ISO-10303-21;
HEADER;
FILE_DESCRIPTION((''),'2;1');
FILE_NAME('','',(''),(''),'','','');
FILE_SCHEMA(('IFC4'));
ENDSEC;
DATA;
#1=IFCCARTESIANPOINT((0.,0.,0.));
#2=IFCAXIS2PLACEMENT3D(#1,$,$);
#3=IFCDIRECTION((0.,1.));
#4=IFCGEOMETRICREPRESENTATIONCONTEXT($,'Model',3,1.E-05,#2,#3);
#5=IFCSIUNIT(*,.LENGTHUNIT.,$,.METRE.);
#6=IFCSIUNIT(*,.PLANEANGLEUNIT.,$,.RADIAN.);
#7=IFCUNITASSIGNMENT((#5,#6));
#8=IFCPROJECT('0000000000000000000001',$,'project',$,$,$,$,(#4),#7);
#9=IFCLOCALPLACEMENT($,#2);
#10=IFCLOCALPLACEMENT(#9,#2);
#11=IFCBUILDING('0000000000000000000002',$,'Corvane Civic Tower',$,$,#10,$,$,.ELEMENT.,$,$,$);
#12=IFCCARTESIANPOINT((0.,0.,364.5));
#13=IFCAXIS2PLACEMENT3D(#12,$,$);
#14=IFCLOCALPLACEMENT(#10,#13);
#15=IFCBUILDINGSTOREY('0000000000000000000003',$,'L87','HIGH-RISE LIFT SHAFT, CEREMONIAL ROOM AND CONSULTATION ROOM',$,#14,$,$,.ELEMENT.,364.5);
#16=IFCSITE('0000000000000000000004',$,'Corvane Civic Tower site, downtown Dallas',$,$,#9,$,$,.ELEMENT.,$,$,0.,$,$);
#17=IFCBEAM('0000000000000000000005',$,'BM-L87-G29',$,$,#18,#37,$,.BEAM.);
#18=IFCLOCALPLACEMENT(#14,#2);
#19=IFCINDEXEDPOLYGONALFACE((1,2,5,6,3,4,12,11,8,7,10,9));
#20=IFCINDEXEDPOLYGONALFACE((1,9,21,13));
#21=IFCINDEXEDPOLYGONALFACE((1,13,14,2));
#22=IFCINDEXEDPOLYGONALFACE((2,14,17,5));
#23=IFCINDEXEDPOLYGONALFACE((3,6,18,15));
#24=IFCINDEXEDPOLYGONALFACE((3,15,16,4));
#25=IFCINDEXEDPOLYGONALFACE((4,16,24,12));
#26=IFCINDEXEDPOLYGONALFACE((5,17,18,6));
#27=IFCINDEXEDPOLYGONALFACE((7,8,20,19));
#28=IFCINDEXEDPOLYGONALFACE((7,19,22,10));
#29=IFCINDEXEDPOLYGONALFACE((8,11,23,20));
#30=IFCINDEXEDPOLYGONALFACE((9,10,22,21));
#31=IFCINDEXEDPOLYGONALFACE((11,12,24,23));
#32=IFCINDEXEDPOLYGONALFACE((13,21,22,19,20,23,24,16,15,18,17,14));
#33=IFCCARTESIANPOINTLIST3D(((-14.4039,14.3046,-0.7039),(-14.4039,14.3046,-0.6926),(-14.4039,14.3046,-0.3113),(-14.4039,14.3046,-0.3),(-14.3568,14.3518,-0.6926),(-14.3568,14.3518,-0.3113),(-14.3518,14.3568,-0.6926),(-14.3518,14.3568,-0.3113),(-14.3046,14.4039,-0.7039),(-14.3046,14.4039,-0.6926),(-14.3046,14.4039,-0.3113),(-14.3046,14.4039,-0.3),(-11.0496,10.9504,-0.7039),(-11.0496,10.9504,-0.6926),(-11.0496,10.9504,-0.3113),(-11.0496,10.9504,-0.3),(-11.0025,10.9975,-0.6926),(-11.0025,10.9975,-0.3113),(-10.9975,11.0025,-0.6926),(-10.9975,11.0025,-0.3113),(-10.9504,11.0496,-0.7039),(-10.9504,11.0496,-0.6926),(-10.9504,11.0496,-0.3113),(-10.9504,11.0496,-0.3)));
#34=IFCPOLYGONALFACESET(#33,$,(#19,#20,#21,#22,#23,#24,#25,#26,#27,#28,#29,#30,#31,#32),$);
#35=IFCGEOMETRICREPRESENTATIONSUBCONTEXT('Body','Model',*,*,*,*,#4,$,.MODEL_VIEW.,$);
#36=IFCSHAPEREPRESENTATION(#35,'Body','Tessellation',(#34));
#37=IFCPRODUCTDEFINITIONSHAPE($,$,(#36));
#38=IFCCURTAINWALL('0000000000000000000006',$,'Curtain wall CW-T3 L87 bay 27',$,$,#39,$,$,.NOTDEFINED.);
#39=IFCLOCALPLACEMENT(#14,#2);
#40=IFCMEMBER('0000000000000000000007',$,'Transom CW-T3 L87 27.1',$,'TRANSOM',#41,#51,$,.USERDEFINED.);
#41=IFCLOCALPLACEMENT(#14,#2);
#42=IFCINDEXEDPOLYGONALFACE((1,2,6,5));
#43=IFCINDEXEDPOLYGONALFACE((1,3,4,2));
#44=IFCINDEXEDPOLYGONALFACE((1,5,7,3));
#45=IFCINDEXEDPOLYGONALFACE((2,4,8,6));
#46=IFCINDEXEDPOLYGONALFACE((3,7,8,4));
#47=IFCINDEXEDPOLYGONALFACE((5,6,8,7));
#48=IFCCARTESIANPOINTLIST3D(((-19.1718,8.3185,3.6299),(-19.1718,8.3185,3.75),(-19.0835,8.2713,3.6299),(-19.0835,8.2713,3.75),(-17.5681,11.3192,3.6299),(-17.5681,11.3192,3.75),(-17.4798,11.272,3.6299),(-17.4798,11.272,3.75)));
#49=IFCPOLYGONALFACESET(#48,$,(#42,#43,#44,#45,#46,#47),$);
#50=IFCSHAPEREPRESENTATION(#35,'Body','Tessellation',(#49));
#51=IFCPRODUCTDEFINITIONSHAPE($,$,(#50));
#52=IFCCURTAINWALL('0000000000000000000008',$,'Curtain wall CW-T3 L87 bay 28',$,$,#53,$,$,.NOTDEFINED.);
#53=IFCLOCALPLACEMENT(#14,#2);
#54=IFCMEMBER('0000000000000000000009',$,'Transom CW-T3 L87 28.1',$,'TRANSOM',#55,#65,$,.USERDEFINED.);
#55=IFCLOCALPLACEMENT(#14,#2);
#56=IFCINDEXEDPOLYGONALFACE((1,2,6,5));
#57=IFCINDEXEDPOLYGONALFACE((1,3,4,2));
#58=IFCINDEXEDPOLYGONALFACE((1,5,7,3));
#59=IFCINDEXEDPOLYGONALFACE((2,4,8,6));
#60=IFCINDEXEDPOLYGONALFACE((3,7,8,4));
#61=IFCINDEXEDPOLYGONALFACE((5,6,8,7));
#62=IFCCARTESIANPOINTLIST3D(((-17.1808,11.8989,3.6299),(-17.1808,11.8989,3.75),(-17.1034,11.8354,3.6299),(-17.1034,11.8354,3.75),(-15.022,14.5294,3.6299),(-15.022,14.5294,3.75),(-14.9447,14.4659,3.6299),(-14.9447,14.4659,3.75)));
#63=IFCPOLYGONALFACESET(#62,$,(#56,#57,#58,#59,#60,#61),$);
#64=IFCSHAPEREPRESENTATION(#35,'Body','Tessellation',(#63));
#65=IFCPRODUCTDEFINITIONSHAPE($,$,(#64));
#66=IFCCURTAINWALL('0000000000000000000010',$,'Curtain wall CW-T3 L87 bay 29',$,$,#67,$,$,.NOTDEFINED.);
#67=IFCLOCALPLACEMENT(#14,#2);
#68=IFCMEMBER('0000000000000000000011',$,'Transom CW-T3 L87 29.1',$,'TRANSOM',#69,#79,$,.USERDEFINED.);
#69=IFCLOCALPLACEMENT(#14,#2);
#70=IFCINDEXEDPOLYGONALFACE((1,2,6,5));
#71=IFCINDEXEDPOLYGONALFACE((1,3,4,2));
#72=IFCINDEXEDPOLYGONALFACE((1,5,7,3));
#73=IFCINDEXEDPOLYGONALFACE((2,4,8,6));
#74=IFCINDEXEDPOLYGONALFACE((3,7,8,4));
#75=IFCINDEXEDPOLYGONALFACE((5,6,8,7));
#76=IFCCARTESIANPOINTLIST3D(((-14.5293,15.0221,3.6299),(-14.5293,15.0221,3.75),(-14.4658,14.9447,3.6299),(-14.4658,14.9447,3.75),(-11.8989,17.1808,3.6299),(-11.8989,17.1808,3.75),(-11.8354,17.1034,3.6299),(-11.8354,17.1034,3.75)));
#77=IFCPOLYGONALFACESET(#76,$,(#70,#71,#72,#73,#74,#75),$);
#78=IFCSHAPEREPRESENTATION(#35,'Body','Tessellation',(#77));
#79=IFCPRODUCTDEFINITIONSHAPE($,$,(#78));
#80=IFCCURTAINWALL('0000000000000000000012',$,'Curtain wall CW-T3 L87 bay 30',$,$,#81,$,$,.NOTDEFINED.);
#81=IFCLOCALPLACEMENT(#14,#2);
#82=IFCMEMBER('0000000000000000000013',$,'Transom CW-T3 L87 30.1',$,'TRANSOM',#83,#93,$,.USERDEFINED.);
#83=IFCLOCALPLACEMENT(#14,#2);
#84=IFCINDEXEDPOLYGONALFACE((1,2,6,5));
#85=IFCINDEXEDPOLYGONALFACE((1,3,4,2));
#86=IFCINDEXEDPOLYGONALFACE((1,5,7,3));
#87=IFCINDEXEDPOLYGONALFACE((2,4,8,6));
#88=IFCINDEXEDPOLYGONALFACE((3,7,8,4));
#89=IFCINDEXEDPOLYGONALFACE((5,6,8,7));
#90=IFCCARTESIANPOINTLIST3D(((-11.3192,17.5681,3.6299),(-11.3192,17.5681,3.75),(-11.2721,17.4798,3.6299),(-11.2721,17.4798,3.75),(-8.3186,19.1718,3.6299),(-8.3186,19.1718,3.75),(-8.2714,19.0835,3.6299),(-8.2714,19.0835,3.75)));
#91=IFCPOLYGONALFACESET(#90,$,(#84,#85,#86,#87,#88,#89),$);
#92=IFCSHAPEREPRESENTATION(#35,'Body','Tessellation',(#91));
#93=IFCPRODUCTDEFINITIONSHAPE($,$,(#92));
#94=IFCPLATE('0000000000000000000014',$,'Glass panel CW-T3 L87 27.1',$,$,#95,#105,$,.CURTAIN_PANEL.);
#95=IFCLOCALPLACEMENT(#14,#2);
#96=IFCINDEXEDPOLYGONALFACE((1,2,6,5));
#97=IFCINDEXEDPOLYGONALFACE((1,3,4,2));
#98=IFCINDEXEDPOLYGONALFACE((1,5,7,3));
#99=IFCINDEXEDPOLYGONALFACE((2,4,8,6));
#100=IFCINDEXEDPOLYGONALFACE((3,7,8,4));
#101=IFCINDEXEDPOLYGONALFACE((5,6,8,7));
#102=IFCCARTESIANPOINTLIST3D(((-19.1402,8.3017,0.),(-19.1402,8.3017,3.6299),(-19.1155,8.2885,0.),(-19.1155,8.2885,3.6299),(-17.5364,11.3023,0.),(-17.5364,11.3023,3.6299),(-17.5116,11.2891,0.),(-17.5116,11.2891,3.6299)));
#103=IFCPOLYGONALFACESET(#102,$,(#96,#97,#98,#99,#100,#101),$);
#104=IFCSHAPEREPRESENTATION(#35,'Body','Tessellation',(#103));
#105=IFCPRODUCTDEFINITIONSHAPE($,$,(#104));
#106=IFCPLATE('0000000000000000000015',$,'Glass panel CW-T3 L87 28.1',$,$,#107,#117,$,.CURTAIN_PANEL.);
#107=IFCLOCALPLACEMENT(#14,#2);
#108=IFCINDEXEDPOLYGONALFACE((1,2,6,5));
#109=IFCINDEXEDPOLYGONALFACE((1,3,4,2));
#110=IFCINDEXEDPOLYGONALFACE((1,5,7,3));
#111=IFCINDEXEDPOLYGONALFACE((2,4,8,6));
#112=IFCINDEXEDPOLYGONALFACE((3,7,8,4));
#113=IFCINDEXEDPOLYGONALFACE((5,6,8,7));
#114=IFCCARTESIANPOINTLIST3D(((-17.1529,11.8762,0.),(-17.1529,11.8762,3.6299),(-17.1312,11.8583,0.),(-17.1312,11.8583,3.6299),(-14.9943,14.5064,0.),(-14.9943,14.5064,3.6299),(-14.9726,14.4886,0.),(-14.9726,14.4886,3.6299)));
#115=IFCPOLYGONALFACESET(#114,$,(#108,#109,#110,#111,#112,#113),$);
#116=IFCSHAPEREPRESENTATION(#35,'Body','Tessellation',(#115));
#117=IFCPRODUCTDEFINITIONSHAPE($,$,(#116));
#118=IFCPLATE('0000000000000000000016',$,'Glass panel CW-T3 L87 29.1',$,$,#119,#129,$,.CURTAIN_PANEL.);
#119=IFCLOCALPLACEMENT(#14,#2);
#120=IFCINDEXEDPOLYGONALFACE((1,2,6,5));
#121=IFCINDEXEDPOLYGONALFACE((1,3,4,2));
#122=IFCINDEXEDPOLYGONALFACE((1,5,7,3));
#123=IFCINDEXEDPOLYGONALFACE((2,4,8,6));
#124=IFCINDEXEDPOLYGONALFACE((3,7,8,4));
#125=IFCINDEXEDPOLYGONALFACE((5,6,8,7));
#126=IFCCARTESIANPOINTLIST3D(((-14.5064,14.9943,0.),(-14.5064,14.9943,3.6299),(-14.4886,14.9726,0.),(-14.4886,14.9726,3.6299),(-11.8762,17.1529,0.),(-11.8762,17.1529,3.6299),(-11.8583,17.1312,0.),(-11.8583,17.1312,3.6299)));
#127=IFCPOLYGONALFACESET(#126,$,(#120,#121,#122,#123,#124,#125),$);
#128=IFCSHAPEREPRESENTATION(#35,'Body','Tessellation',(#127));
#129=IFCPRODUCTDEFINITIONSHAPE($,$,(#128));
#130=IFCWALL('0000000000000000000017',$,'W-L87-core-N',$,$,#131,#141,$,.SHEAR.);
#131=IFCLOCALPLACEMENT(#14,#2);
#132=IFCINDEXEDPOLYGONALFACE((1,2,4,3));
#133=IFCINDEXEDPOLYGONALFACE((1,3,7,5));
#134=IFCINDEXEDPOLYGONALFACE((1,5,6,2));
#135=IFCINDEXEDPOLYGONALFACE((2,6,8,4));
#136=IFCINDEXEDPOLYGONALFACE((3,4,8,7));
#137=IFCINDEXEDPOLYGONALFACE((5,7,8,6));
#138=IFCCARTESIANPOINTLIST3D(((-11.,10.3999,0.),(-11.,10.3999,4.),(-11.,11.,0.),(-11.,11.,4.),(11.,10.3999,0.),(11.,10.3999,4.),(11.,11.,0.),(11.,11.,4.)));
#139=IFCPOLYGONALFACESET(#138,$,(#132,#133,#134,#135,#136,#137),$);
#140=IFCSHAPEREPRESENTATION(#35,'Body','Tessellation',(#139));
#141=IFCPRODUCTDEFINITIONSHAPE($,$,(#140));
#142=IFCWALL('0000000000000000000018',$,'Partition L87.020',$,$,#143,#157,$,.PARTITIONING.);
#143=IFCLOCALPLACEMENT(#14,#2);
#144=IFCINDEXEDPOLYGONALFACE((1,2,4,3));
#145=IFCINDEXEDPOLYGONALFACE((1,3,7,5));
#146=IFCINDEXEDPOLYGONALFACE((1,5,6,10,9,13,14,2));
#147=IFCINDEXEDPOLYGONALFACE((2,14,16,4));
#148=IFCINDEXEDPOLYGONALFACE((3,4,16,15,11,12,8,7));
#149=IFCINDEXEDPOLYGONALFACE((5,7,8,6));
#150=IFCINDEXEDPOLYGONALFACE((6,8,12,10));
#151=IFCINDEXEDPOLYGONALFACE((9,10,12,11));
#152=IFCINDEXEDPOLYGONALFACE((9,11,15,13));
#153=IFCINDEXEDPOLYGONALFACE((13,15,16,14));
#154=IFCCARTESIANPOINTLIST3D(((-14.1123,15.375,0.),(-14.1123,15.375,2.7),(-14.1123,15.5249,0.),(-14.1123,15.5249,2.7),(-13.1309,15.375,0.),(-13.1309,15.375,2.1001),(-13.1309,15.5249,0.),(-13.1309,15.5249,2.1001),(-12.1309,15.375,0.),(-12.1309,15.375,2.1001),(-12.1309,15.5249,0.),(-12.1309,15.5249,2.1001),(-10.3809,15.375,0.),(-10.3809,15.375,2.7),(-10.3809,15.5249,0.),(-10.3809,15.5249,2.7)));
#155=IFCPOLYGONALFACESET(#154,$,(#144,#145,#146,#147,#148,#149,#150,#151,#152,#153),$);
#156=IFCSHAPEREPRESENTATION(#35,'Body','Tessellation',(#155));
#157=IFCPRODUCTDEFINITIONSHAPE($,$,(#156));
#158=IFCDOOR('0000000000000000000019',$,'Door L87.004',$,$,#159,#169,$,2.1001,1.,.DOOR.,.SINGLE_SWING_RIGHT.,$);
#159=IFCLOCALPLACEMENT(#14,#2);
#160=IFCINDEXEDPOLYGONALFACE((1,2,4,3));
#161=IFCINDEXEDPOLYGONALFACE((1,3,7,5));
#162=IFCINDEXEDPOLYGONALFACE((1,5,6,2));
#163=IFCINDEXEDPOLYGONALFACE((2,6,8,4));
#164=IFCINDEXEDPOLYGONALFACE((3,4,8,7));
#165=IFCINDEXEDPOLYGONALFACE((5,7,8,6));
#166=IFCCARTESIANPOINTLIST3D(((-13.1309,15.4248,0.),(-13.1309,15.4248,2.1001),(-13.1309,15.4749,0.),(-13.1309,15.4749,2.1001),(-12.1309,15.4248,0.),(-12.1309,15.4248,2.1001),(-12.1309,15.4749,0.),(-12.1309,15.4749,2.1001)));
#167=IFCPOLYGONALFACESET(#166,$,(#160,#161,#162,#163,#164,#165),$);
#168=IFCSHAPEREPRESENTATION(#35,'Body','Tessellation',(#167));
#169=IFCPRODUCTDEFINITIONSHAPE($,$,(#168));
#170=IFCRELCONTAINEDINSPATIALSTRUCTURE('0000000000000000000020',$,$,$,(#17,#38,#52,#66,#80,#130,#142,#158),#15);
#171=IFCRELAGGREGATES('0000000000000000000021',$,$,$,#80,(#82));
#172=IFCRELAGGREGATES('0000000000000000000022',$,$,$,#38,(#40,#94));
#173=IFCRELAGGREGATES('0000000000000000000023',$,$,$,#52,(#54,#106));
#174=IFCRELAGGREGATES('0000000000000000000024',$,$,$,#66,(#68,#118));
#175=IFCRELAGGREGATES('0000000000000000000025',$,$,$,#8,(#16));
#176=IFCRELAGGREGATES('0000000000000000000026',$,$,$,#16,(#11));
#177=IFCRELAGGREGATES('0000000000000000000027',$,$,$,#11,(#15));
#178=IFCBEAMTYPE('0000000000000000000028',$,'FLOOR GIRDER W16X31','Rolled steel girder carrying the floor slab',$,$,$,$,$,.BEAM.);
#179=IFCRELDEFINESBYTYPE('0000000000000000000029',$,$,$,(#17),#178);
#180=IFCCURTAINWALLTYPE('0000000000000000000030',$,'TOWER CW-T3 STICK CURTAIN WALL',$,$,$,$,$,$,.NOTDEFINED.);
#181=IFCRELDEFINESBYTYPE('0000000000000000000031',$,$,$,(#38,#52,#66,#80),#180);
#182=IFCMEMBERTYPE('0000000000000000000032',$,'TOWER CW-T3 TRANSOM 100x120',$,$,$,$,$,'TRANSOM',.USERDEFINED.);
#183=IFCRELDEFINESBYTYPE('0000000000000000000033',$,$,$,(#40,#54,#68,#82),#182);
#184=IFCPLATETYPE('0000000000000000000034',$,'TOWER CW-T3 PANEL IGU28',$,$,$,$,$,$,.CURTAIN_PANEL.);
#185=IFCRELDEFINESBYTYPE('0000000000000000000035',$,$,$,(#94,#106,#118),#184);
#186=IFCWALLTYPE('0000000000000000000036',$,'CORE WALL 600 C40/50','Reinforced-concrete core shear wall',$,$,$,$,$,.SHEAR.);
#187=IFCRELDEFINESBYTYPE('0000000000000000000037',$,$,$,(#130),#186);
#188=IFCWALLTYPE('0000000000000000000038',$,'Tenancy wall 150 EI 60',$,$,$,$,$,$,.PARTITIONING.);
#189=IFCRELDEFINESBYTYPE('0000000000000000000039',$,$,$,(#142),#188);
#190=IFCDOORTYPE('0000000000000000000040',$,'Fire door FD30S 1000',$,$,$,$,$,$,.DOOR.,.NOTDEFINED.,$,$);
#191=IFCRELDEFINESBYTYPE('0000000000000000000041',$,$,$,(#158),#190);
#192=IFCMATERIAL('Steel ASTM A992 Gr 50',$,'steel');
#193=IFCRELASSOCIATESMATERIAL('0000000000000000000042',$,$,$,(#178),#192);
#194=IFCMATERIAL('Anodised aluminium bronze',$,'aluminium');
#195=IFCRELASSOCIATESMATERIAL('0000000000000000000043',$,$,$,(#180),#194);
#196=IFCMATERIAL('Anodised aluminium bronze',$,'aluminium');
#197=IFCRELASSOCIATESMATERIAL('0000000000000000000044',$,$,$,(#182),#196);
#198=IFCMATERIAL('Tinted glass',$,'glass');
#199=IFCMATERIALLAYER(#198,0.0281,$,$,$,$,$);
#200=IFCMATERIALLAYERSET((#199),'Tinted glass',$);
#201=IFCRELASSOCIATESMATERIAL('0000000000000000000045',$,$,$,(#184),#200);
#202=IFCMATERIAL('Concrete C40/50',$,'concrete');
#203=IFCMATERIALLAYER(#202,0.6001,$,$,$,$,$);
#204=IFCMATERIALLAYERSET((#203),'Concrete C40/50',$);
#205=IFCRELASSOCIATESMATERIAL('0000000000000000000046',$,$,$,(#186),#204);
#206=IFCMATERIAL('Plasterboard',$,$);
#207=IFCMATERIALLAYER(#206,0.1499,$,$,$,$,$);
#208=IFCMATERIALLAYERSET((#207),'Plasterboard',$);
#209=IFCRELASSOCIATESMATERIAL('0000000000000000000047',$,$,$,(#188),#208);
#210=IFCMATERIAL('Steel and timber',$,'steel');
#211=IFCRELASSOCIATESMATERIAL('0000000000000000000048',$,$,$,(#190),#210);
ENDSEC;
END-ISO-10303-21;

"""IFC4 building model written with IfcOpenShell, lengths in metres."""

from ifc_helpers import new_model, si_unit, direction, frame, frame_2d, origin, origin_2d, place, context, subcontext, project, spatial, rectangle, i_section, extrude, material, layer, layer_set, material_profile, profile_set, type_object, element, fill, aggregate, save


model = new_model("IFC4")

# Units and contexts
model_context = context("Model", 3, precision=1e-05, world=origin(), true_north=direction((0.0, 1.0)))
body_context = subcontext(model_context, "Body", "Model", "MODEL_VIEW")
ifc_project = project(units=[si_unit("LENGTHUNIT", "METRE"), si_unit("PLANEANGLEUNIT", "RADIAN")], contexts=[model_context])

# Site, building, storey
site_placement = place(None, origin())
site = spatial("IfcSite", under=ifc_project, at=site_placement, Name="Corvane Civic Tower site, downtown Dallas", CompositionType="ELEMENT", RefElevation=0.0)
building_placement = place(site_placement, origin())
building = spatial("IfcBuilding", under=site, at=building_placement, Name="Corvane Civic Tower", CompositionType="ELEMENT")
storey_placement = place(building_placement, frame((0.0, 0.0, 364.5)))
storey = spatial("IfcBuildingStorey", under=building, at=storey_placement, Name="L87", Description="HIGH-RISE LIFT SHAFT, CEREMONIAL ROOM AND CONSULTATION ROOM", CompositionType="ELEMENT", Elevation=364.5)

# Beam
ifc_material_1 = material(Name="Steel ASTM A992 Gr 50", Category="steel")
ifc_material_profile_1 = material_profile(ifc_material_1, i_section(OverallWidth=0.1404, OverallDepth=0.4038, WebThickness=0.0071, FlangeThickness=0.0112, at=origin_2d()), Name="W16X31")
ifc_profile_set_1 = profile_set([ifc_material_profile_1], Name="Steel ASTM A992 Gr 50")
beam_type_1 = type_object("IfcBeamType", Name="FLOOR GIRDER W16X31", Description="Rolled steel girder carrying the floor slab", PredefinedType="BEAM", material=ifc_profile_set_1)
beam_placement = place(storey_placement, frame((-11.0, 11.0, -0.502), z_axis=(-0.707107, 0.707107, 0.0), x_axis=(-0.707107, -0.707107, 0.0)))
element("IfcBeam", 1, at=beam_placement, inside=storey, type_object=beam_type_1, Name="BM-L87-G29", PredefinedType="BEAM", context=body_context, shape_type="SweptSolid", body=[
    extrude(i_section(OverallWidth=0.1404, OverallDepth=0.4038, WebThickness=0.0071, FlangeThickness=0.0112, at=origin_2d()), origin(), (0.0, 0.0, 1.0), 4.7437),
])

# Curtain walls, members
ifc_material_2 = material(Name="Anodised aluminium bronze", Category="aluminium")
curtain_wall_type = type_object("IfcCurtainWallType", Name="TOWER CW-T3 STICK CURTAIN WALL", PredefinedType="NOTDEFINED", material=ifc_material_2)
curtain_wall_1_placement = place(storey_placement, origin())
curtain_wall_1 = element("IfcCurtainWall", 2, at=curtain_wall_1_placement, inside=storey, type_object=curtain_wall_type, Name="Curtain wall CW-T3 L87 bay 27", PredefinedType="NOTDEFINED")
ifc_material_3 = material(Name="Anodised aluminium bronze", Category="aluminium")
ifc_material_profile_2 = material_profile(ifc_material_3, rectangle(XDim=0.1001, YDim=0.1201, at=origin_2d()), Name="TOWER CW-T3 TRANSOM 100x120")
ifc_profile_set_2 = profile_set([ifc_material_profile_2], Name="Anodised aluminium bronze")
member_type = type_object("IfcMemberType", Name="TOWER CW-T3 TRANSOM 100x120", ElementType="TRANSOM", PredefinedType="USERDEFINED", material=ifc_profile_set_2)
member_1_placement = place(storey_placement, frame((-19.1277, 8.2949, 3.6899), z_axis=(0.471359, 0.881941, 0.0), x_axis=(-0.881941, 0.471359, 0.0)))
member_1 = element("IfcMember", 3, at=member_1_placement, type_object=member_type, Name="Transom CW-T3 L87 27.1", ObjectType="TRANSOM", PredefinedType="USERDEFINED", context=body_context, shape_type="SweptSolid", body=[
    extrude(rectangle(XDim=0.1001, YDim=0.1201, at=origin_2d()), origin(), (0.0, 0.0, 1.0), 3.4023),
])
curtain_wall_2_placement = place(storey_placement, origin())
curtain_wall_2 = element("IfcCurtainWall", 4, at=curtain_wall_2_placement, inside=storey, type_object=curtain_wall_type, Name="Curtain wall CW-T3 L87 bay 28", PredefinedType="NOTDEFINED")
member_2_placement = place(storey_placement, frame((-17.1421, 11.8672, 3.6899), z_axis=(0.634394, 0.77301, 0.0), x_axis=(-0.77301, 0.634394, 0.0)))
member_2 = element("IfcMember", 5, at=member_2_placement, type_object=member_type, Name="Transom CW-T3 L87 28.1", ObjectType="TRANSOM", PredefinedType="USERDEFINED", context=body_context, shape_type="SweptSolid", body=[
    extrude(rectangle(XDim=0.1001, YDim=0.1201, at=origin_2d()), origin(), (0.0, 0.0, 1.0), 3.4028),
])
curtain_wall_3_placement = place(storey_placement, origin())
curtain_wall_3 = element("IfcCurtainWall", 6, at=curtain_wall_3_placement, inside=storey, type_object=curtain_wall_type, Name="Curtain wall CW-T3 L87 bay 29", PredefinedType="NOTDEFINED")
member_3_placement = place(storey_placement, frame((-14.4976, 14.9834, 3.6899), z_axis=(0.77301, 0.634394, 0.0), x_axis=(-0.634394, 0.77301, 0.0)))
member_3 = element("IfcMember", 7, at=member_3_placement, type_object=member_type, Name="Transom CW-T3 L87 29.1", ObjectType="TRANSOM", PredefinedType="USERDEFINED", context=body_context, shape_type="SweptSolid", body=[
    extrude(rectangle(XDim=0.1001, YDim=0.1201, at=origin_2d()), origin(), (0.0, 0.0, 1.0), 3.4028),
])
curtain_wall_4_placement = place(storey_placement, origin())
curtain_wall_4 = element("IfcCurtainWall", 8, at=curtain_wall_4_placement, inside=storey, type_object=curtain_wall_type, Name="Curtain wall CW-T3 L87 bay 30", PredefinedType="NOTDEFINED")
member_4_placement = place(storey_placement, frame((-11.2957, 17.5239, 3.6899), z_axis=(0.881941, 0.471359, 0.0), x_axis=(-0.471359, 0.881941, 0.0)))
member_4 = element("IfcMember", 9, at=member_4_placement, type_object=member_type, Name="Transom CW-T3 L87 30.1", ObjectType="TRANSOM", PredefinedType="USERDEFINED", context=body_context, shape_type="SweptSolid", body=[
    extrude(rectangle(XDim=0.1001, YDim=0.1201, at=origin_2d()), origin(), (0.0, 0.0, 1.0), 3.4023),
])
aggregate(curtain_wall_4, [member_4])

# Plates
ifc_material_4 = material(Name="Tinted glass", Category="glass")
ifc_layer_1 = layer(ifc_material_4, 0.0281)
ifc_layer_set_1 = layer_set([ifc_layer_1], Name="Tinted glass")
plate_type = type_object("IfcPlateType", Name="TOWER CW-T3 PANEL IGU28", PredefinedType="CURTAIN_PANEL", material=ifc_layer_set_1)
plate_1_placement = place(storey_placement, frame((-18.3259, 9.7954, 0.0), z_axis=(0.0, 0.0, 1.0), x_axis=(0.471384, 0.881928, 0.0)))
plate_1 = element("IfcPlate", 10, at=plate_1_placement, type_object=plate_type, Name="Glass panel CW-T3 L87 27.1", PredefinedType="CURTAIN_PANEL", context=body_context, shape_type="SweptSolid", body=[
    extrude(rectangle(XDim=3.4023, YDim=0.0281, at=origin_2d()), origin(), (0.0, 0.0, 1.0), 3.6299),
])
aggregate(curtain_wall_1, [member_1, plate_1])
plate_2_placement = place(storey_placement, frame((-16.0627, 13.1824, 0.0), z_axis=(0.0, 0.0, 1.0), x_axis=(0.634393, 0.77301, 0.0)))
plate_2 = element("IfcPlate", 11, at=plate_2_placement, type_object=plate_type, Name="Glass panel CW-T3 L87 28.1", PredefinedType="CURTAIN_PANEL", context=body_context, shape_type="SweptSolid", body=[
    extrude(rectangle(XDim=3.4026, YDim=0.0281, at=origin_2d()), origin(), (0.0, 0.0, 1.0), 3.6299),
])
aggregate(curtain_wall_2, [member_2, plate_2])
plate_3_placement = place(storey_placement, frame((-13.1824, 16.0627, 0.0), z_axis=(0.0, 0.0, 1.0), x_axis=(0.77301, 0.634393, 0.0)))
plate_3 = element("IfcPlate", 12, at=plate_3_placement, type_object=plate_type, Name="Glass panel CW-T3 L87 29.1", PredefinedType="CURTAIN_PANEL", context=body_context, shape_type="SweptSolid", body=[
    extrude(rectangle(XDim=3.4026, YDim=0.0281, at=origin_2d()), origin(), (0.0, 0.0, 1.0), 3.6299),
])
aggregate(curtain_wall_3, [member_3, plate_3])

# Wall
ifc_material_5 = material(Name="Concrete C40/50", Category="concrete")
ifc_layer_2 = layer(ifc_material_5, 0.6001)
ifc_layer_set_2 = layer_set([ifc_layer_2], Name="Concrete C40/50")
wall_type_1 = type_object("IfcWallType", Name="CORE WALL 600 C40/50", Description="Reinforced-concrete core shear wall", PredefinedType="SHEAR", material=ifc_layer_set_2)
wall_1_placement = place(storey_placement, frame((-11.0, 10.7, 0.0), z_axis=(0.0, 0.0, 1.0), x_axis=(1.0, 0.0, 0.0)))
element("IfcWall", 13, at=wall_1_placement, inside=storey, type_object=wall_type_1, Name="W-L87-core-N", PredefinedType="SHEAR", context=body_context, shape_type="SweptSolid", body=[
    extrude(rectangle(XDim=22.0, YDim=0.6001, at=frame_2d((11.0, 0.0))), origin(), (0.0, 0.0, 1.0), 4.0),
])

# Wall, opening, door
ifc_material_6 = material(Name="Plasterboard")
ifc_layer_3 = layer(ifc_material_6, 0.1499)
ifc_layer_set_3 = layer_set([ifc_layer_3], Name="Plasterboard")
wall_type_2 = type_object("IfcWallType", Name="Tenancy wall 150 EI 60", PredefinedType="PARTITIONING", material=ifc_layer_set_3)
wall_2_placement = place(storey_placement, frame((-14.1123, 15.45, 0.0), z_axis=(0.0, 0.0, 1.0), x_axis=(1.0, 0.0, 0.0)))
wall_2 = element("IfcWall", 14, at=wall_2_placement, inside=storey, type_object=wall_type_2, Name="Partition L87.020", PredefinedType="PARTITIONING", context=body_context, shape_type="SweptSolid", body=[
    extrude(rectangle(XDim=3.7314, YDim=0.1499, at=frame_2d((1.8657, 0.0))), origin(), (0.0, 0.0, 1.0), 2.7),
])
opening_placement = place(wall_2_placement, frame((0.9814, 0.0, 0.0)))
opening = element("IfcOpeningElement", 15, at=opening_placement, cuts=wall_2, PredefinedType="OPENING", context=body_context, shape_type="SweptSolid", body=[
    extrude(rectangle(XDim=1.0, YDim=2.1001, at=frame_2d((0.5, 1.05))), frame((0.0, 0.085, 0.0), z_axis=(0.0, -1.0, 0.0), x_axis=(1.0, 0.0, 0.0)), (0.0, 0.0, 1.0), 0.1699),
])
ifc_material_7 = material(Name="Steel and timber", Category="steel")
door_type = type_object("IfcDoorType", Name="Fire door FD30S 1000", OperationType="NOTDEFINED", PredefinedType="DOOR", material=ifc_material_7)
door_placement = place(opening_placement, origin())
door = element("IfcDoor", 16, at=door_placement, inside=storey, type_object=door_type, Name="Door L87.004", OperationType="SINGLE_SWING_RIGHT", OverallHeight=2.1001, OverallWidth=1.0, PredefinedType="DOOR", context=body_context, shape_type="SweptSolid", body=[
    extrude(rectangle(XDim=1.0, YDim=2.1001, at=frame_2d((0.5, 1.05))), frame((0.0, 0.0249, 0.0), z_axis=(0.0, -1.0, 0.0), x_axis=(1.0, 0.0, 0.0)), (0.0, 0.0, 1.0), 0.05),
])
fill(opening, door)

save(model, "model.ifc")
